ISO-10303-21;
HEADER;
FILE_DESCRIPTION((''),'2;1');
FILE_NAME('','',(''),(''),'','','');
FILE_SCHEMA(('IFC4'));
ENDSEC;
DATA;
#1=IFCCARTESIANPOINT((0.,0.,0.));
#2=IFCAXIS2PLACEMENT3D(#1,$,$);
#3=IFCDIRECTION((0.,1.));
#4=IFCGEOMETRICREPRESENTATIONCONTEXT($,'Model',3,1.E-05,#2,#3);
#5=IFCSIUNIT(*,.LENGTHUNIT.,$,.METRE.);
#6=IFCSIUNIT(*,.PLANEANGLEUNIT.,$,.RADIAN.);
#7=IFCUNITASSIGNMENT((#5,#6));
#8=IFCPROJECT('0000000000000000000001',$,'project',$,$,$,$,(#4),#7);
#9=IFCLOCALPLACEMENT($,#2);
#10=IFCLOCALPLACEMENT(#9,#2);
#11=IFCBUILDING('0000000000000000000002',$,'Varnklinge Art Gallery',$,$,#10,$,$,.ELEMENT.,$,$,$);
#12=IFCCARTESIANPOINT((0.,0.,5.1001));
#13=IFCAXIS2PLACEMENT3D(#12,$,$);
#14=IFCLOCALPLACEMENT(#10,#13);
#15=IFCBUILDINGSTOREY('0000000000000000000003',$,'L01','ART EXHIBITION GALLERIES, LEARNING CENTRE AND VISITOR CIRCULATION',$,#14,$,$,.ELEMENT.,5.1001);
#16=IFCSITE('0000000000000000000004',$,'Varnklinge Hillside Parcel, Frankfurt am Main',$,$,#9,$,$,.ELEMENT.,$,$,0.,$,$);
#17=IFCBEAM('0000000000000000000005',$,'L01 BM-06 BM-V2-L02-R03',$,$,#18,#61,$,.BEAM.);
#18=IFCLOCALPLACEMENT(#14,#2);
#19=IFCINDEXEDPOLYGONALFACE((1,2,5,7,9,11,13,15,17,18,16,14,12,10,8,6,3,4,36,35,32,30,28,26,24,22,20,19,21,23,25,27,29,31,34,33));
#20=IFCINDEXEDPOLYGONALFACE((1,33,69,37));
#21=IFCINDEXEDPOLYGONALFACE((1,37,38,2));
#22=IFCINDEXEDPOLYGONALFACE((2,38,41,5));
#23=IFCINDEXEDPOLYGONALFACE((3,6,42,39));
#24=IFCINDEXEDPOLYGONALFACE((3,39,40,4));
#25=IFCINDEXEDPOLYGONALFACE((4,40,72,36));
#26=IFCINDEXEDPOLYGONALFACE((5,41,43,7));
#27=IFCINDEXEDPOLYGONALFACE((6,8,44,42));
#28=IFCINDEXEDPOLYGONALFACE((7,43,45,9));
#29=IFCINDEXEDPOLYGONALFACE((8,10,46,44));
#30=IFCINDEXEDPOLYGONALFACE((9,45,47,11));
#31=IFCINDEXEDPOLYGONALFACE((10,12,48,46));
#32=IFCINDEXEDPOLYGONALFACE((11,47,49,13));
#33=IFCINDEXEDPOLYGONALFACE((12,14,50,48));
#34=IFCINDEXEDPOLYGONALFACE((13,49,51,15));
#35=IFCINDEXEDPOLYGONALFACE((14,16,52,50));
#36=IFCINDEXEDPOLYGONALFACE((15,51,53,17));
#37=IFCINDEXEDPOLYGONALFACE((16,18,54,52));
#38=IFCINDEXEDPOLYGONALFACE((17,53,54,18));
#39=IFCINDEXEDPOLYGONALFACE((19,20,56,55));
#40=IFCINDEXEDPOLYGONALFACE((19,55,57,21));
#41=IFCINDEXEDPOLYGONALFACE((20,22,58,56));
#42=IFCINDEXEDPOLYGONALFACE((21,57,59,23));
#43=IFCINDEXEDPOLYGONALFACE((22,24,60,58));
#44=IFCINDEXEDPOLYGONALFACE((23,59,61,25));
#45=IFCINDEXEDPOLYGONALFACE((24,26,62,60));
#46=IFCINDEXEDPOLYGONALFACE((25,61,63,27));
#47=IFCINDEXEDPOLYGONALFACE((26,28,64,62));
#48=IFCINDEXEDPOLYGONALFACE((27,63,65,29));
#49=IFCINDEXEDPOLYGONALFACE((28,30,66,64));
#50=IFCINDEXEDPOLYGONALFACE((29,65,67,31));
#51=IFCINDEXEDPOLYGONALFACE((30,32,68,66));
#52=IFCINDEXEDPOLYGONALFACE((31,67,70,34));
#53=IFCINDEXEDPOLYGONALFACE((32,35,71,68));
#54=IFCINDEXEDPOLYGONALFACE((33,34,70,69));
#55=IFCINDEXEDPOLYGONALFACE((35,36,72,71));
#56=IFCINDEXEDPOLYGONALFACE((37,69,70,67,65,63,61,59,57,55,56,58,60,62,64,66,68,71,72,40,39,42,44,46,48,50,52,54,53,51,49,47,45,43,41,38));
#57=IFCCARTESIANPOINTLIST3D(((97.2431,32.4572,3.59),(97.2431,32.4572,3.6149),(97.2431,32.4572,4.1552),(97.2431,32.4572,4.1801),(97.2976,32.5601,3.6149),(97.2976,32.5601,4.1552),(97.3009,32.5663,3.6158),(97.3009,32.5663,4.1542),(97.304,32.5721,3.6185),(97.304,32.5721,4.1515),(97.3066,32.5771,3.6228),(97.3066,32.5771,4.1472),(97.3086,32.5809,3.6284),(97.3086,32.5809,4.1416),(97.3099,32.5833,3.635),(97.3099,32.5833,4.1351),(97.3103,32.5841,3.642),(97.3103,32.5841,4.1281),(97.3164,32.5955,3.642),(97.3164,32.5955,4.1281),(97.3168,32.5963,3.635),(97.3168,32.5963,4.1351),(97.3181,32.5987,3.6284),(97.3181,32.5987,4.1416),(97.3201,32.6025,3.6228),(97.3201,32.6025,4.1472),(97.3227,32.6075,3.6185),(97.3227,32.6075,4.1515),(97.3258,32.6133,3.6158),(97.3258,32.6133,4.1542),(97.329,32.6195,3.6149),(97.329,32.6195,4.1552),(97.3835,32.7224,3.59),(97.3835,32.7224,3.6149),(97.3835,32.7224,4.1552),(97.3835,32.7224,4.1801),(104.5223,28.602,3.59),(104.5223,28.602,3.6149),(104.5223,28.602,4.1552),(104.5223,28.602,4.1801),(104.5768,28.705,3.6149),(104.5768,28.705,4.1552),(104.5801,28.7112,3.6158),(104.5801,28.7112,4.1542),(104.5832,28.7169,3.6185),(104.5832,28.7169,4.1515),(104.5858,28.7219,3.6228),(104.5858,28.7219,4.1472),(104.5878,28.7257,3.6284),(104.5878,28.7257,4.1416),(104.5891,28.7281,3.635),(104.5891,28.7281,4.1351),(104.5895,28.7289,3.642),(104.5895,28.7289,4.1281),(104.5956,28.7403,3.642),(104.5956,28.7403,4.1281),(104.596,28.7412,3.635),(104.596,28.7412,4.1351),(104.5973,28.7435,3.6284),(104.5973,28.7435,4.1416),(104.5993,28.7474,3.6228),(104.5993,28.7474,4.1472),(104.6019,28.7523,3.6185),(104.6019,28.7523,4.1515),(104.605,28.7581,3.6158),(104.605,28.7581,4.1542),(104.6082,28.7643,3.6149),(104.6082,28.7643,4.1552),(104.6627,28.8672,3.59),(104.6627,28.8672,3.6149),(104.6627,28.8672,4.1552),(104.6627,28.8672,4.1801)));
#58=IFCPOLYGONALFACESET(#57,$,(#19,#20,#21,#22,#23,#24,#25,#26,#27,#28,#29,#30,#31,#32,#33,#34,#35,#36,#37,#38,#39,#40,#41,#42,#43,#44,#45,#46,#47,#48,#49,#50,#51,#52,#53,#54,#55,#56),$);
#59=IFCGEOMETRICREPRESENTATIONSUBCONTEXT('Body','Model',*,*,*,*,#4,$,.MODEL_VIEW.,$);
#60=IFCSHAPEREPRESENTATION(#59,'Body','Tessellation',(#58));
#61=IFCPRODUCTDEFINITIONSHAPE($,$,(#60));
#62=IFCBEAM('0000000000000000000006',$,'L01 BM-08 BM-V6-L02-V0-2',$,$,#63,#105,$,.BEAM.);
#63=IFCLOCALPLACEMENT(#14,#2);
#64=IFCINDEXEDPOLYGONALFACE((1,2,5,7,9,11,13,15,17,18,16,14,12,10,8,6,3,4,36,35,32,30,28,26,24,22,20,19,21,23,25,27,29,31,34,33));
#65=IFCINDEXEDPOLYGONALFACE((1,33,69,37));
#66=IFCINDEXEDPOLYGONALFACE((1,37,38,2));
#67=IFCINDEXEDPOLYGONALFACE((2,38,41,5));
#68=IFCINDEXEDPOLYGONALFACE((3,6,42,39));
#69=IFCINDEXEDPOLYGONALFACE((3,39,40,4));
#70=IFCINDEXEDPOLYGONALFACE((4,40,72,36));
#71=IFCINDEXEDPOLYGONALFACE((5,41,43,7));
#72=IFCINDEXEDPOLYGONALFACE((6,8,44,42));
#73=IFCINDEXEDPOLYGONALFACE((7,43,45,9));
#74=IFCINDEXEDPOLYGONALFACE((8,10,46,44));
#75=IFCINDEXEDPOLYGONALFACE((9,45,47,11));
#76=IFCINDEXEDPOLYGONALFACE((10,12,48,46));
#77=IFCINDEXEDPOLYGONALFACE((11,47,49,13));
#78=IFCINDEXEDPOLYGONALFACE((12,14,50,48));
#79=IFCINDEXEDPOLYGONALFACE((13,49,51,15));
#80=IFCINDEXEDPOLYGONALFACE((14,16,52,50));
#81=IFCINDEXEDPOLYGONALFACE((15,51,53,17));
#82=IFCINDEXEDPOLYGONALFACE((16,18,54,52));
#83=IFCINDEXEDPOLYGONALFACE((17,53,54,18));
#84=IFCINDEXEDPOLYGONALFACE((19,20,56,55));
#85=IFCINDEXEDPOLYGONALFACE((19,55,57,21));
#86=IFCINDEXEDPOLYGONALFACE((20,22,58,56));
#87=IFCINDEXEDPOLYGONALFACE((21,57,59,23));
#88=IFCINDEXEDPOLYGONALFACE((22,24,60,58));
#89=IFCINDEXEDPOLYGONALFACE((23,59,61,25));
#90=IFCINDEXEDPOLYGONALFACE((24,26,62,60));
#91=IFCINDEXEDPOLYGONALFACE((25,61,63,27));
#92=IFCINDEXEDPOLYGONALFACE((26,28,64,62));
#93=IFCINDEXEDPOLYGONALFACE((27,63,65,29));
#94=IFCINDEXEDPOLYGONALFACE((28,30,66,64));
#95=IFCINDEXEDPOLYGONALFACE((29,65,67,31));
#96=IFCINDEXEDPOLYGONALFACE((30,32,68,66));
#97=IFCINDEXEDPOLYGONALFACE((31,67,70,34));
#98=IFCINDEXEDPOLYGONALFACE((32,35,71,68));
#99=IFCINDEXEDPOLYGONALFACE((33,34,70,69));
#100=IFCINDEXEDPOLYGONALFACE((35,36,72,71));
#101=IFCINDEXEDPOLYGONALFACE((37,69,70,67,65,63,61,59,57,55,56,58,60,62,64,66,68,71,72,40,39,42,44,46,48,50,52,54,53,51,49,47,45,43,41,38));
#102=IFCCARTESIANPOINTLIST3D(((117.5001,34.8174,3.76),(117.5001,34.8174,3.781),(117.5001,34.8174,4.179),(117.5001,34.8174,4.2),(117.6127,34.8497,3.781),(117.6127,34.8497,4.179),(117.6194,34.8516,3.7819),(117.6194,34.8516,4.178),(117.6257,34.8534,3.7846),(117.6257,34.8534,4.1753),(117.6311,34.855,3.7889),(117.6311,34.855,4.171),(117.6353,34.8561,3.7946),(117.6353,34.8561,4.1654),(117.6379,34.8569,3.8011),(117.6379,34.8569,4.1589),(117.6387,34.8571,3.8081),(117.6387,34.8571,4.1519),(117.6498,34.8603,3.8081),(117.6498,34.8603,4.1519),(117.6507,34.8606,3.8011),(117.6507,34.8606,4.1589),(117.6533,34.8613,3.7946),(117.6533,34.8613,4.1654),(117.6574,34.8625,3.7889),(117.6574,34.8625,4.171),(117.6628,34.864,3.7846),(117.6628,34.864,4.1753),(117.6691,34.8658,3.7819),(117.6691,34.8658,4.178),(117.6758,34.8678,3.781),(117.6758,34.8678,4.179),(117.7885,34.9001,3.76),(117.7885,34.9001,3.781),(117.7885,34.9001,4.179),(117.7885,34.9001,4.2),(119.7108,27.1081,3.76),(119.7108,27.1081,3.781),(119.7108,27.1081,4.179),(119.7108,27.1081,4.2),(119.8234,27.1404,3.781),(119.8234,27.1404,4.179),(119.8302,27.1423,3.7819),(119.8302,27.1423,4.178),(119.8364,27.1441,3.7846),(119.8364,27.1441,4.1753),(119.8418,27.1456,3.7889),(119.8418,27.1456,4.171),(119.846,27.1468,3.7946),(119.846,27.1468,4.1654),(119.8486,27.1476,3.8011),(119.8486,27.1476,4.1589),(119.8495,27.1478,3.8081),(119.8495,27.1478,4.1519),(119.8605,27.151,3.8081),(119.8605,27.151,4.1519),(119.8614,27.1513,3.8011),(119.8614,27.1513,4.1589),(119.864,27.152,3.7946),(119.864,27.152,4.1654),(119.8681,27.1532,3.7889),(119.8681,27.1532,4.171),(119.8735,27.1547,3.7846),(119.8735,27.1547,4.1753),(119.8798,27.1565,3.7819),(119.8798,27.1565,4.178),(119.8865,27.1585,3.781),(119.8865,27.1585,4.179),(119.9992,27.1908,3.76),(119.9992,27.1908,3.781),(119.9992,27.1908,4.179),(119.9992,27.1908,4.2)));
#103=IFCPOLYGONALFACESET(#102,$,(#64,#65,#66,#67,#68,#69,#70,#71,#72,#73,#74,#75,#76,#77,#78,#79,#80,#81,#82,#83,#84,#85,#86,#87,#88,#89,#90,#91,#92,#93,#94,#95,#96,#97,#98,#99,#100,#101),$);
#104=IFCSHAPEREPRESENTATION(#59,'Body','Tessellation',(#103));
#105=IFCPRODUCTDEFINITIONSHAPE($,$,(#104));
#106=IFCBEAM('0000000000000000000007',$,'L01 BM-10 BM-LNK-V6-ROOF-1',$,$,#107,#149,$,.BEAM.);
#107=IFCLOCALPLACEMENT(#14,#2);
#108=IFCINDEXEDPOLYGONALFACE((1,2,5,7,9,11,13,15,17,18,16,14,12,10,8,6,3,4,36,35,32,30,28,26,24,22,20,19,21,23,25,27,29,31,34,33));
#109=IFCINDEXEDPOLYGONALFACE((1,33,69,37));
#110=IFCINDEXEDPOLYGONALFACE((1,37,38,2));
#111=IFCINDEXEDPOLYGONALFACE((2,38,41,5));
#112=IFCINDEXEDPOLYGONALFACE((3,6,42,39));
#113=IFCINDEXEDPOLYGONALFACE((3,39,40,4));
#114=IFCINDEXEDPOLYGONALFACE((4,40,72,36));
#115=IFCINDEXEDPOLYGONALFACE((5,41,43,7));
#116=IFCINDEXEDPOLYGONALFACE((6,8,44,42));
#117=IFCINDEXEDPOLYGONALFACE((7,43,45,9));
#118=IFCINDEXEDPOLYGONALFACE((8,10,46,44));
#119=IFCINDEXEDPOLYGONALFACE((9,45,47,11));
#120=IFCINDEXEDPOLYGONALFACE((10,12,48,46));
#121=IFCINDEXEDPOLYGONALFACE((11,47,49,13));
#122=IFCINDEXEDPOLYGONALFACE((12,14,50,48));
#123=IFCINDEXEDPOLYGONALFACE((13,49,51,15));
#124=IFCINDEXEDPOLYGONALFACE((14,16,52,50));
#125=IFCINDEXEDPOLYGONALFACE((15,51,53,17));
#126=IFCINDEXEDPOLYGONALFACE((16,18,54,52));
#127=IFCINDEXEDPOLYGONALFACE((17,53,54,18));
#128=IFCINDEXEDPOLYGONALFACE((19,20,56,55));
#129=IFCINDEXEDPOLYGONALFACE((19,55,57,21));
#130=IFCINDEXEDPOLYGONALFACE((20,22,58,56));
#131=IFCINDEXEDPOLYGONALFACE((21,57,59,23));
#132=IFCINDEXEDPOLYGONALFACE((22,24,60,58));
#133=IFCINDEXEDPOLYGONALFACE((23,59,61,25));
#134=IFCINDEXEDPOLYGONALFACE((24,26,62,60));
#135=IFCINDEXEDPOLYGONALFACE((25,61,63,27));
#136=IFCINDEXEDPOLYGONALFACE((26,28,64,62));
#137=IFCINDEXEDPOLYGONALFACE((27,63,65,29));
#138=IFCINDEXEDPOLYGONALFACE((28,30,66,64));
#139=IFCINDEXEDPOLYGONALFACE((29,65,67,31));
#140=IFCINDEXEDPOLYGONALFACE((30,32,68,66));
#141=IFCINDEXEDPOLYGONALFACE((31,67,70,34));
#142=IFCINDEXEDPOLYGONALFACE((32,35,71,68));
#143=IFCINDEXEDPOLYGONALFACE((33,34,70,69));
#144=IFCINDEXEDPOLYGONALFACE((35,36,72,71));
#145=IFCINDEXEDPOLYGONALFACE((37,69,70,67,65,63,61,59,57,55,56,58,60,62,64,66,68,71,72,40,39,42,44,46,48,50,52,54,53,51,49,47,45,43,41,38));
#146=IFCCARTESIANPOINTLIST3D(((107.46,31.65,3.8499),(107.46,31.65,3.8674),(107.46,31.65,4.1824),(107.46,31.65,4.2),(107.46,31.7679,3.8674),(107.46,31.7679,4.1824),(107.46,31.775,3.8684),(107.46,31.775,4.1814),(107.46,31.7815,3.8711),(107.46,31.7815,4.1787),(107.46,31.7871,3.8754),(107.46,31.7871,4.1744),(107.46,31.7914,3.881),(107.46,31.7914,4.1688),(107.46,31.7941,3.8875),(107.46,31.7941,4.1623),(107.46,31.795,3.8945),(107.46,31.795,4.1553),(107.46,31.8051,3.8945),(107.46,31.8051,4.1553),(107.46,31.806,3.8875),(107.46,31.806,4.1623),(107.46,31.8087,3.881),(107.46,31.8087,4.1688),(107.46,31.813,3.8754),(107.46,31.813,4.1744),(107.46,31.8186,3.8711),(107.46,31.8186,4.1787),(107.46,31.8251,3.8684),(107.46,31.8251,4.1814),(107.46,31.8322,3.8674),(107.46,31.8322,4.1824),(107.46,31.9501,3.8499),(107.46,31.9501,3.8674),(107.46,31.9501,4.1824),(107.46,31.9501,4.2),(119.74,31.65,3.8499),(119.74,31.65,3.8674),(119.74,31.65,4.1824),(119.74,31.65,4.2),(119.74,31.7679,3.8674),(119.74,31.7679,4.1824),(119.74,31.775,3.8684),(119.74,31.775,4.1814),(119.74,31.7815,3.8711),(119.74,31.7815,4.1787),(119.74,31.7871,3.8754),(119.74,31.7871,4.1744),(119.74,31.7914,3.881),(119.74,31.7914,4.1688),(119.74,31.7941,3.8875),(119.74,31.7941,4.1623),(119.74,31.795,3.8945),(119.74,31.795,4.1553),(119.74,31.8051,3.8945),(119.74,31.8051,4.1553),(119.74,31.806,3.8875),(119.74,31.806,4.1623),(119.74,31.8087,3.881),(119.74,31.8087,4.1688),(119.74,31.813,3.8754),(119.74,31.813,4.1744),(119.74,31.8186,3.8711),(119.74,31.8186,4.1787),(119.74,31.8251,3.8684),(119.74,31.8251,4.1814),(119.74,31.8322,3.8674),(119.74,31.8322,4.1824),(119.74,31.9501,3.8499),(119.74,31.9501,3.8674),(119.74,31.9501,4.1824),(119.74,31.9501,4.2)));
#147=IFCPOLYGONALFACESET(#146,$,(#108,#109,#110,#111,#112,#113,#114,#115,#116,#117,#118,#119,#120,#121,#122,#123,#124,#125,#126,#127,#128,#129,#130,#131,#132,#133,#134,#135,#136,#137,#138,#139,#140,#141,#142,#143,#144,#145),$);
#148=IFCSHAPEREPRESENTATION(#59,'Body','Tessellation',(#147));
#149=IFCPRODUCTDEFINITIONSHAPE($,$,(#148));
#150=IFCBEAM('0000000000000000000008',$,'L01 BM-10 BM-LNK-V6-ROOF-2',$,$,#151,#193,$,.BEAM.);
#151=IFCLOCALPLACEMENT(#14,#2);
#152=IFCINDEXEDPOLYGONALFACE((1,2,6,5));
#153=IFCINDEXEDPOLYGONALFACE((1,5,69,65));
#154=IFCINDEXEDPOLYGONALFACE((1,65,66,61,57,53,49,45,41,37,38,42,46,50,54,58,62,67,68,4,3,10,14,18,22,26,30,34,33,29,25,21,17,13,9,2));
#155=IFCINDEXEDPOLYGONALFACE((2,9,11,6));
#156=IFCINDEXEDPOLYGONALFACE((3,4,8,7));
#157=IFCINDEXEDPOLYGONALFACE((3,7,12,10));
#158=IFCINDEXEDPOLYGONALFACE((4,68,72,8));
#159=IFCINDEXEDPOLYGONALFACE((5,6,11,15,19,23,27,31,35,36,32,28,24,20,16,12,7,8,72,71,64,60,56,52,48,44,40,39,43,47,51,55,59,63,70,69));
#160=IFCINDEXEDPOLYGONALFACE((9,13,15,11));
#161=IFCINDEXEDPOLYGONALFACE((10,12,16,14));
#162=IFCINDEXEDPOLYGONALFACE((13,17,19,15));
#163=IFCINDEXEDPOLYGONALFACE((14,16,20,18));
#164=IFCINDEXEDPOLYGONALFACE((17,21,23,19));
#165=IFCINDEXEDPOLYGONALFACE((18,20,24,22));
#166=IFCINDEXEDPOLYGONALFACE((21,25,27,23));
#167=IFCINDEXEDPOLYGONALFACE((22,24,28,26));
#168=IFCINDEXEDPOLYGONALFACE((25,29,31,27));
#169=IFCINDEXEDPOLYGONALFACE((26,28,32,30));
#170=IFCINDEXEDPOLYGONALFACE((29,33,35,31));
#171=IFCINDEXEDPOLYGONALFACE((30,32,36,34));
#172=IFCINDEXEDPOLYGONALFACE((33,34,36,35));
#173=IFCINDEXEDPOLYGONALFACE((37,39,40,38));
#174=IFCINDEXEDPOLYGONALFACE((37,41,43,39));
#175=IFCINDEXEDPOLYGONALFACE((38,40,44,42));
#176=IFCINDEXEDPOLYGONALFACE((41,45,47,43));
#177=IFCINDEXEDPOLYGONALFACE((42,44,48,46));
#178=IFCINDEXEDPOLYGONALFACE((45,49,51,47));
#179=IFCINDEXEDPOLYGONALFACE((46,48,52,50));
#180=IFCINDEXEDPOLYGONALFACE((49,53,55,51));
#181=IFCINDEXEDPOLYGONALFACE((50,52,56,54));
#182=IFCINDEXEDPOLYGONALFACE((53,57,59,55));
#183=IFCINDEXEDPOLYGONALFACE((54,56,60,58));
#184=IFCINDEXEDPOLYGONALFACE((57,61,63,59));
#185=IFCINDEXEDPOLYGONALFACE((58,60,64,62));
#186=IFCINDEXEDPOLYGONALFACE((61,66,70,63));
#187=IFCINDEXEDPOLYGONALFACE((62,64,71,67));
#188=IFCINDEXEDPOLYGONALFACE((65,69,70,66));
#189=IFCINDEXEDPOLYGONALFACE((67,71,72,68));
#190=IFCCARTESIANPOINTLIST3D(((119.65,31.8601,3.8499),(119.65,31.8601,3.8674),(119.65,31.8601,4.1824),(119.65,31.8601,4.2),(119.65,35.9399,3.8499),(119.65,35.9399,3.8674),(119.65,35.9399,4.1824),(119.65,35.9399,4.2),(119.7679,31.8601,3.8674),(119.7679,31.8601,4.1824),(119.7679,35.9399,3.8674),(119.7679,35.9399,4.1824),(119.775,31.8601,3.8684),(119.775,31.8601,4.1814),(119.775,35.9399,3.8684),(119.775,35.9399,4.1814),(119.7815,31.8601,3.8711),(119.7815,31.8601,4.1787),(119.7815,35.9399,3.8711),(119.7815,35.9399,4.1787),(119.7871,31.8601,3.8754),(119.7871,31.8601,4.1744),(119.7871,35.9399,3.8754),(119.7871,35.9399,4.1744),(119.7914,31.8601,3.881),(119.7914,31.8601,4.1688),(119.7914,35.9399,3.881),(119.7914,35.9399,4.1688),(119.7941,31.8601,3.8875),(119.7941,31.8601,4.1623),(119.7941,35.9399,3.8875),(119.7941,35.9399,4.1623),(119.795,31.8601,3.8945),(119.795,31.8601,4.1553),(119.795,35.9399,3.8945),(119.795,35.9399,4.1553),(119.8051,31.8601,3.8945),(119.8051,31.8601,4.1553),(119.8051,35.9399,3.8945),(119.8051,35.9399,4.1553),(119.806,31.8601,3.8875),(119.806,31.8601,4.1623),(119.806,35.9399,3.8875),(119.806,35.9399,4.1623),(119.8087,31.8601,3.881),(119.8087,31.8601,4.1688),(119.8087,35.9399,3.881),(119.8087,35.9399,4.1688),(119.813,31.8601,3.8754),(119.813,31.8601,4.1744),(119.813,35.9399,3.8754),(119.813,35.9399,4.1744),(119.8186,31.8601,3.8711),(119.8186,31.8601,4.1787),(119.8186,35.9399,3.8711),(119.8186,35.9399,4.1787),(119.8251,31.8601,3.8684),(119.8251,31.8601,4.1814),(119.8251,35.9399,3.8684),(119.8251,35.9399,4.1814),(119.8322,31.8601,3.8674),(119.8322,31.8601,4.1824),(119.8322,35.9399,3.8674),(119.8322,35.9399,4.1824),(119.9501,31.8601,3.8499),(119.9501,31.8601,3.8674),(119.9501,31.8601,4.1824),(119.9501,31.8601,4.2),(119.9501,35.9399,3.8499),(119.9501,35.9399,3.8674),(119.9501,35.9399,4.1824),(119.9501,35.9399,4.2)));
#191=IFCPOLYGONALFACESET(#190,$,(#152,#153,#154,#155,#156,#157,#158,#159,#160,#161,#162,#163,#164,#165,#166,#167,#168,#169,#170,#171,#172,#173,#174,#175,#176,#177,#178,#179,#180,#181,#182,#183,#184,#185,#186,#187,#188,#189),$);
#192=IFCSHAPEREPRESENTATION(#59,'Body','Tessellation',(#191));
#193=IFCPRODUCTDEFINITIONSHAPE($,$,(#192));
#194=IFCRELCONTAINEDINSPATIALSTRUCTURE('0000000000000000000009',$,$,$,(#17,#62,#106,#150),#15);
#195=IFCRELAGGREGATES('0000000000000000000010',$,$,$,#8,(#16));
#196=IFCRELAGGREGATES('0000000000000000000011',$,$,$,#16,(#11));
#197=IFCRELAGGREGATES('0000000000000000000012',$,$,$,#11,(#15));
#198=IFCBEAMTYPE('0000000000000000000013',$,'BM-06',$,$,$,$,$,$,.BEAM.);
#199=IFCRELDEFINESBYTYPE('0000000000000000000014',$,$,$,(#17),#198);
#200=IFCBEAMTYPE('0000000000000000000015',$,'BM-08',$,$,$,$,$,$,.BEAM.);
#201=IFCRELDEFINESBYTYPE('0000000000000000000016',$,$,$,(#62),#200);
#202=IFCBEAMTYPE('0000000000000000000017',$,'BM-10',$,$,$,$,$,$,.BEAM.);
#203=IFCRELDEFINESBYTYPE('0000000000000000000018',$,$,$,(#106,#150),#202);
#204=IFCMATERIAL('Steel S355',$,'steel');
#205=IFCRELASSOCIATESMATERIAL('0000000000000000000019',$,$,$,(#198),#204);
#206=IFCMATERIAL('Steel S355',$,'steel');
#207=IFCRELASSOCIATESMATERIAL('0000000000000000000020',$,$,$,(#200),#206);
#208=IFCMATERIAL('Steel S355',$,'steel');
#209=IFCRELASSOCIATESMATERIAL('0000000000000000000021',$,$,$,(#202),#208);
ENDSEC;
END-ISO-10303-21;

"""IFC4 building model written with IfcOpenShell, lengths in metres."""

from ifc_helpers import new_model, si_unit, direction, frame, origin, origin_2d, place, context, subcontext, project, spatial, i_section, extrude, material, material_profile, profile_set, type_object, element, save


model = new_model("IFC4")

# Units and contexts
model_context = context("Model", 3, precision=1e-05, world=origin(), true_north=direction((0.0, 1.0)))
body_context = subcontext(model_context, "Body", "Model", "MODEL_VIEW")
ifc_project = project(units=[si_unit("LENGTHUNIT", "METRE"), si_unit("PLANEANGLEUNIT", "RADIAN")], contexts=[model_context])

# Site, building, storey
site_placement = place(None, origin())
site = spatial("IfcSite", under=ifc_project, at=site_placement, Name="Varnklinge Hillside Parcel, Frankfurt am Main", CompositionType="ELEMENT", RefElevation=0.0)
building_placement = place(site_placement, origin())
building = spatial("IfcBuilding", under=site, at=building_placement, Name="Varnklinge Art Gallery", CompositionType="ELEMENT")
storey_placement = place(building_placement, frame((0.0, 0.0, 5.1001)))
storey = spatial("IfcBuildingStorey", under=building, at=storey_placement, Name="L01", Description="ART EXHIBITION GALLERIES, LEARNING CENTRE AND VISITOR CIRCULATION", CompositionType="ELEMENT", Elevation=5.1001)

# Beams
ifc_material_1 = material(Name="Steel S355", Category="steel")
ifc_material_profile_1 = material_profile(ifc_material_1, i_section(OverallWidth=0.3, OverallDepth=0.5901, WebThickness=0.0129, FlangeThickness=0.0249, FilletRadius=0.0271, at=origin_2d()), Name="HEA 600")
ifc_profile_set_1 = profile_set([ifc_material_profile_1], Name="Steel S355")
beam_type_1 = type_object("IfcBeamType", Name="BM-06", PredefinedType="BEAM", material=ifc_profile_set_1)
beam_1_placement = place(storey_placement, frame((104.5925, 28.7346, 3.885), z_axis=(-0.883714, 0.468028, 0.0), x_axis=(-0.468028, -0.883714, 0.0)))
element("IfcBeam", 1, at=beam_1_placement, inside=storey, type_object=beam_type_1, Name="L01 BM-06 BM-V2-L02-R03", PredefinedType="BEAM", context=body_context, shape_type="SweptSolid", body=[
    extrude(i_section(OverallWidth=0.3, OverallDepth=0.5901, WebThickness=0.0129, FlangeThickness=0.0249, FilletRadius=0.0271, at=origin_2d()), origin(), (0.0, 0.0, 1.0), 8.2371),
])
ifc_material_2 = material(Name="Steel S355", Category="steel")
ifc_material_profile_2 = material_profile(ifc_material_2, i_section(OverallWidth=0.3, OverallDepth=0.4399, WebThickness=0.0115, FlangeThickness=0.021, FilletRadius=0.0271, at=origin_2d()), Name="HEA 450")
ifc_profile_set_2 = profile_set([ifc_material_profile_2], Name="Steel S355")
beam_type_2 = type_object("IfcBeamType", Name="BM-08", PredefinedType="BEAM", material=ifc_profile_set_2)
beam_2_placement = place(storey_placement, frame((119.855, 27.1494, 3.98), z_axis=(-0.27565, 0.961258, 0.0), x_axis=(-0.961258, -0.27565, 0.0)))
element("IfcBeam", 2, at=beam_2_placement, inside=storey, type_object=beam_type_2, Name="L01 BM-08 BM-V6-L02-V0-2", PredefinedType="BEAM", context=body_context, shape_type="SweptSolid", body=[
    extrude(i_section(OverallWidth=0.3, OverallDepth=0.4399, WebThickness=0.0115, FlangeThickness=0.021, FilletRadius=0.0271, at=origin_2d()), origin(), (0.0, 0.0, 1.0), 8.02),
])
ifc_material_3 = material(Name="Steel S355", Category="steel")
ifc_material_profile_3 = material_profile(ifc_material_3, i_section(OverallWidth=0.3, OverallDepth=0.3501, WebThickness=0.01, FlangeThickness=0.0176, FilletRadius=0.0271, at=origin_2d()), Name="HEA 360")
ifc_profile_set_3 = profile_set([ifc_material_profile_3], Name="Steel S355")
beam_type_3 = type_object("IfcBeamType", Name="BM-10", PredefinedType="BEAM", material=ifc_profile_set_3)
beam_3_placement = place(storey_placement, frame((107.46, 31.8, 4.0249), z_axis=(1.0, 0.0, 0.0), x_axis=(0.0, 1.0, 0.0)))
element("IfcBeam", 3, at=beam_3_placement, inside=storey, type_object=beam_type_3, Name="L01 BM-10 BM-LNK-V6-ROOF-1", PredefinedType="BEAM", context=body_context, shape_type="SweptSolid", body=[
    extrude(i_section(OverallWidth=0.3, OverallDepth=0.3501, WebThickness=0.01, FlangeThickness=0.0176, FilletRadius=0.0271, at=origin_2d()), origin(), (0.0, 0.0, 1.0), 12.28),
])
beam_4_placement = place(storey_placement, frame((119.8, 31.8601, 4.0249), z_axis=(0.0, 1.0, 0.0), x_axis=(-1.0, 0.0, 0.0)))
element("IfcBeam", 4, at=beam_4_placement, inside=storey, type_object=beam_type_3, Name="L01 BM-10 BM-LNK-V6-ROOF-2", PredefinedType="BEAM", context=body_context, shape_type="SweptSolid", body=[
    extrude(i_section(OverallWidth=0.3, OverallDepth=0.3501, WebThickness=0.01, FlangeThickness=0.0176, FilletRadius=0.0271, at=origin_2d()), origin(), (0.0, 0.0, 1.0), 4.0798),
])

save(model, "model.ifc")
